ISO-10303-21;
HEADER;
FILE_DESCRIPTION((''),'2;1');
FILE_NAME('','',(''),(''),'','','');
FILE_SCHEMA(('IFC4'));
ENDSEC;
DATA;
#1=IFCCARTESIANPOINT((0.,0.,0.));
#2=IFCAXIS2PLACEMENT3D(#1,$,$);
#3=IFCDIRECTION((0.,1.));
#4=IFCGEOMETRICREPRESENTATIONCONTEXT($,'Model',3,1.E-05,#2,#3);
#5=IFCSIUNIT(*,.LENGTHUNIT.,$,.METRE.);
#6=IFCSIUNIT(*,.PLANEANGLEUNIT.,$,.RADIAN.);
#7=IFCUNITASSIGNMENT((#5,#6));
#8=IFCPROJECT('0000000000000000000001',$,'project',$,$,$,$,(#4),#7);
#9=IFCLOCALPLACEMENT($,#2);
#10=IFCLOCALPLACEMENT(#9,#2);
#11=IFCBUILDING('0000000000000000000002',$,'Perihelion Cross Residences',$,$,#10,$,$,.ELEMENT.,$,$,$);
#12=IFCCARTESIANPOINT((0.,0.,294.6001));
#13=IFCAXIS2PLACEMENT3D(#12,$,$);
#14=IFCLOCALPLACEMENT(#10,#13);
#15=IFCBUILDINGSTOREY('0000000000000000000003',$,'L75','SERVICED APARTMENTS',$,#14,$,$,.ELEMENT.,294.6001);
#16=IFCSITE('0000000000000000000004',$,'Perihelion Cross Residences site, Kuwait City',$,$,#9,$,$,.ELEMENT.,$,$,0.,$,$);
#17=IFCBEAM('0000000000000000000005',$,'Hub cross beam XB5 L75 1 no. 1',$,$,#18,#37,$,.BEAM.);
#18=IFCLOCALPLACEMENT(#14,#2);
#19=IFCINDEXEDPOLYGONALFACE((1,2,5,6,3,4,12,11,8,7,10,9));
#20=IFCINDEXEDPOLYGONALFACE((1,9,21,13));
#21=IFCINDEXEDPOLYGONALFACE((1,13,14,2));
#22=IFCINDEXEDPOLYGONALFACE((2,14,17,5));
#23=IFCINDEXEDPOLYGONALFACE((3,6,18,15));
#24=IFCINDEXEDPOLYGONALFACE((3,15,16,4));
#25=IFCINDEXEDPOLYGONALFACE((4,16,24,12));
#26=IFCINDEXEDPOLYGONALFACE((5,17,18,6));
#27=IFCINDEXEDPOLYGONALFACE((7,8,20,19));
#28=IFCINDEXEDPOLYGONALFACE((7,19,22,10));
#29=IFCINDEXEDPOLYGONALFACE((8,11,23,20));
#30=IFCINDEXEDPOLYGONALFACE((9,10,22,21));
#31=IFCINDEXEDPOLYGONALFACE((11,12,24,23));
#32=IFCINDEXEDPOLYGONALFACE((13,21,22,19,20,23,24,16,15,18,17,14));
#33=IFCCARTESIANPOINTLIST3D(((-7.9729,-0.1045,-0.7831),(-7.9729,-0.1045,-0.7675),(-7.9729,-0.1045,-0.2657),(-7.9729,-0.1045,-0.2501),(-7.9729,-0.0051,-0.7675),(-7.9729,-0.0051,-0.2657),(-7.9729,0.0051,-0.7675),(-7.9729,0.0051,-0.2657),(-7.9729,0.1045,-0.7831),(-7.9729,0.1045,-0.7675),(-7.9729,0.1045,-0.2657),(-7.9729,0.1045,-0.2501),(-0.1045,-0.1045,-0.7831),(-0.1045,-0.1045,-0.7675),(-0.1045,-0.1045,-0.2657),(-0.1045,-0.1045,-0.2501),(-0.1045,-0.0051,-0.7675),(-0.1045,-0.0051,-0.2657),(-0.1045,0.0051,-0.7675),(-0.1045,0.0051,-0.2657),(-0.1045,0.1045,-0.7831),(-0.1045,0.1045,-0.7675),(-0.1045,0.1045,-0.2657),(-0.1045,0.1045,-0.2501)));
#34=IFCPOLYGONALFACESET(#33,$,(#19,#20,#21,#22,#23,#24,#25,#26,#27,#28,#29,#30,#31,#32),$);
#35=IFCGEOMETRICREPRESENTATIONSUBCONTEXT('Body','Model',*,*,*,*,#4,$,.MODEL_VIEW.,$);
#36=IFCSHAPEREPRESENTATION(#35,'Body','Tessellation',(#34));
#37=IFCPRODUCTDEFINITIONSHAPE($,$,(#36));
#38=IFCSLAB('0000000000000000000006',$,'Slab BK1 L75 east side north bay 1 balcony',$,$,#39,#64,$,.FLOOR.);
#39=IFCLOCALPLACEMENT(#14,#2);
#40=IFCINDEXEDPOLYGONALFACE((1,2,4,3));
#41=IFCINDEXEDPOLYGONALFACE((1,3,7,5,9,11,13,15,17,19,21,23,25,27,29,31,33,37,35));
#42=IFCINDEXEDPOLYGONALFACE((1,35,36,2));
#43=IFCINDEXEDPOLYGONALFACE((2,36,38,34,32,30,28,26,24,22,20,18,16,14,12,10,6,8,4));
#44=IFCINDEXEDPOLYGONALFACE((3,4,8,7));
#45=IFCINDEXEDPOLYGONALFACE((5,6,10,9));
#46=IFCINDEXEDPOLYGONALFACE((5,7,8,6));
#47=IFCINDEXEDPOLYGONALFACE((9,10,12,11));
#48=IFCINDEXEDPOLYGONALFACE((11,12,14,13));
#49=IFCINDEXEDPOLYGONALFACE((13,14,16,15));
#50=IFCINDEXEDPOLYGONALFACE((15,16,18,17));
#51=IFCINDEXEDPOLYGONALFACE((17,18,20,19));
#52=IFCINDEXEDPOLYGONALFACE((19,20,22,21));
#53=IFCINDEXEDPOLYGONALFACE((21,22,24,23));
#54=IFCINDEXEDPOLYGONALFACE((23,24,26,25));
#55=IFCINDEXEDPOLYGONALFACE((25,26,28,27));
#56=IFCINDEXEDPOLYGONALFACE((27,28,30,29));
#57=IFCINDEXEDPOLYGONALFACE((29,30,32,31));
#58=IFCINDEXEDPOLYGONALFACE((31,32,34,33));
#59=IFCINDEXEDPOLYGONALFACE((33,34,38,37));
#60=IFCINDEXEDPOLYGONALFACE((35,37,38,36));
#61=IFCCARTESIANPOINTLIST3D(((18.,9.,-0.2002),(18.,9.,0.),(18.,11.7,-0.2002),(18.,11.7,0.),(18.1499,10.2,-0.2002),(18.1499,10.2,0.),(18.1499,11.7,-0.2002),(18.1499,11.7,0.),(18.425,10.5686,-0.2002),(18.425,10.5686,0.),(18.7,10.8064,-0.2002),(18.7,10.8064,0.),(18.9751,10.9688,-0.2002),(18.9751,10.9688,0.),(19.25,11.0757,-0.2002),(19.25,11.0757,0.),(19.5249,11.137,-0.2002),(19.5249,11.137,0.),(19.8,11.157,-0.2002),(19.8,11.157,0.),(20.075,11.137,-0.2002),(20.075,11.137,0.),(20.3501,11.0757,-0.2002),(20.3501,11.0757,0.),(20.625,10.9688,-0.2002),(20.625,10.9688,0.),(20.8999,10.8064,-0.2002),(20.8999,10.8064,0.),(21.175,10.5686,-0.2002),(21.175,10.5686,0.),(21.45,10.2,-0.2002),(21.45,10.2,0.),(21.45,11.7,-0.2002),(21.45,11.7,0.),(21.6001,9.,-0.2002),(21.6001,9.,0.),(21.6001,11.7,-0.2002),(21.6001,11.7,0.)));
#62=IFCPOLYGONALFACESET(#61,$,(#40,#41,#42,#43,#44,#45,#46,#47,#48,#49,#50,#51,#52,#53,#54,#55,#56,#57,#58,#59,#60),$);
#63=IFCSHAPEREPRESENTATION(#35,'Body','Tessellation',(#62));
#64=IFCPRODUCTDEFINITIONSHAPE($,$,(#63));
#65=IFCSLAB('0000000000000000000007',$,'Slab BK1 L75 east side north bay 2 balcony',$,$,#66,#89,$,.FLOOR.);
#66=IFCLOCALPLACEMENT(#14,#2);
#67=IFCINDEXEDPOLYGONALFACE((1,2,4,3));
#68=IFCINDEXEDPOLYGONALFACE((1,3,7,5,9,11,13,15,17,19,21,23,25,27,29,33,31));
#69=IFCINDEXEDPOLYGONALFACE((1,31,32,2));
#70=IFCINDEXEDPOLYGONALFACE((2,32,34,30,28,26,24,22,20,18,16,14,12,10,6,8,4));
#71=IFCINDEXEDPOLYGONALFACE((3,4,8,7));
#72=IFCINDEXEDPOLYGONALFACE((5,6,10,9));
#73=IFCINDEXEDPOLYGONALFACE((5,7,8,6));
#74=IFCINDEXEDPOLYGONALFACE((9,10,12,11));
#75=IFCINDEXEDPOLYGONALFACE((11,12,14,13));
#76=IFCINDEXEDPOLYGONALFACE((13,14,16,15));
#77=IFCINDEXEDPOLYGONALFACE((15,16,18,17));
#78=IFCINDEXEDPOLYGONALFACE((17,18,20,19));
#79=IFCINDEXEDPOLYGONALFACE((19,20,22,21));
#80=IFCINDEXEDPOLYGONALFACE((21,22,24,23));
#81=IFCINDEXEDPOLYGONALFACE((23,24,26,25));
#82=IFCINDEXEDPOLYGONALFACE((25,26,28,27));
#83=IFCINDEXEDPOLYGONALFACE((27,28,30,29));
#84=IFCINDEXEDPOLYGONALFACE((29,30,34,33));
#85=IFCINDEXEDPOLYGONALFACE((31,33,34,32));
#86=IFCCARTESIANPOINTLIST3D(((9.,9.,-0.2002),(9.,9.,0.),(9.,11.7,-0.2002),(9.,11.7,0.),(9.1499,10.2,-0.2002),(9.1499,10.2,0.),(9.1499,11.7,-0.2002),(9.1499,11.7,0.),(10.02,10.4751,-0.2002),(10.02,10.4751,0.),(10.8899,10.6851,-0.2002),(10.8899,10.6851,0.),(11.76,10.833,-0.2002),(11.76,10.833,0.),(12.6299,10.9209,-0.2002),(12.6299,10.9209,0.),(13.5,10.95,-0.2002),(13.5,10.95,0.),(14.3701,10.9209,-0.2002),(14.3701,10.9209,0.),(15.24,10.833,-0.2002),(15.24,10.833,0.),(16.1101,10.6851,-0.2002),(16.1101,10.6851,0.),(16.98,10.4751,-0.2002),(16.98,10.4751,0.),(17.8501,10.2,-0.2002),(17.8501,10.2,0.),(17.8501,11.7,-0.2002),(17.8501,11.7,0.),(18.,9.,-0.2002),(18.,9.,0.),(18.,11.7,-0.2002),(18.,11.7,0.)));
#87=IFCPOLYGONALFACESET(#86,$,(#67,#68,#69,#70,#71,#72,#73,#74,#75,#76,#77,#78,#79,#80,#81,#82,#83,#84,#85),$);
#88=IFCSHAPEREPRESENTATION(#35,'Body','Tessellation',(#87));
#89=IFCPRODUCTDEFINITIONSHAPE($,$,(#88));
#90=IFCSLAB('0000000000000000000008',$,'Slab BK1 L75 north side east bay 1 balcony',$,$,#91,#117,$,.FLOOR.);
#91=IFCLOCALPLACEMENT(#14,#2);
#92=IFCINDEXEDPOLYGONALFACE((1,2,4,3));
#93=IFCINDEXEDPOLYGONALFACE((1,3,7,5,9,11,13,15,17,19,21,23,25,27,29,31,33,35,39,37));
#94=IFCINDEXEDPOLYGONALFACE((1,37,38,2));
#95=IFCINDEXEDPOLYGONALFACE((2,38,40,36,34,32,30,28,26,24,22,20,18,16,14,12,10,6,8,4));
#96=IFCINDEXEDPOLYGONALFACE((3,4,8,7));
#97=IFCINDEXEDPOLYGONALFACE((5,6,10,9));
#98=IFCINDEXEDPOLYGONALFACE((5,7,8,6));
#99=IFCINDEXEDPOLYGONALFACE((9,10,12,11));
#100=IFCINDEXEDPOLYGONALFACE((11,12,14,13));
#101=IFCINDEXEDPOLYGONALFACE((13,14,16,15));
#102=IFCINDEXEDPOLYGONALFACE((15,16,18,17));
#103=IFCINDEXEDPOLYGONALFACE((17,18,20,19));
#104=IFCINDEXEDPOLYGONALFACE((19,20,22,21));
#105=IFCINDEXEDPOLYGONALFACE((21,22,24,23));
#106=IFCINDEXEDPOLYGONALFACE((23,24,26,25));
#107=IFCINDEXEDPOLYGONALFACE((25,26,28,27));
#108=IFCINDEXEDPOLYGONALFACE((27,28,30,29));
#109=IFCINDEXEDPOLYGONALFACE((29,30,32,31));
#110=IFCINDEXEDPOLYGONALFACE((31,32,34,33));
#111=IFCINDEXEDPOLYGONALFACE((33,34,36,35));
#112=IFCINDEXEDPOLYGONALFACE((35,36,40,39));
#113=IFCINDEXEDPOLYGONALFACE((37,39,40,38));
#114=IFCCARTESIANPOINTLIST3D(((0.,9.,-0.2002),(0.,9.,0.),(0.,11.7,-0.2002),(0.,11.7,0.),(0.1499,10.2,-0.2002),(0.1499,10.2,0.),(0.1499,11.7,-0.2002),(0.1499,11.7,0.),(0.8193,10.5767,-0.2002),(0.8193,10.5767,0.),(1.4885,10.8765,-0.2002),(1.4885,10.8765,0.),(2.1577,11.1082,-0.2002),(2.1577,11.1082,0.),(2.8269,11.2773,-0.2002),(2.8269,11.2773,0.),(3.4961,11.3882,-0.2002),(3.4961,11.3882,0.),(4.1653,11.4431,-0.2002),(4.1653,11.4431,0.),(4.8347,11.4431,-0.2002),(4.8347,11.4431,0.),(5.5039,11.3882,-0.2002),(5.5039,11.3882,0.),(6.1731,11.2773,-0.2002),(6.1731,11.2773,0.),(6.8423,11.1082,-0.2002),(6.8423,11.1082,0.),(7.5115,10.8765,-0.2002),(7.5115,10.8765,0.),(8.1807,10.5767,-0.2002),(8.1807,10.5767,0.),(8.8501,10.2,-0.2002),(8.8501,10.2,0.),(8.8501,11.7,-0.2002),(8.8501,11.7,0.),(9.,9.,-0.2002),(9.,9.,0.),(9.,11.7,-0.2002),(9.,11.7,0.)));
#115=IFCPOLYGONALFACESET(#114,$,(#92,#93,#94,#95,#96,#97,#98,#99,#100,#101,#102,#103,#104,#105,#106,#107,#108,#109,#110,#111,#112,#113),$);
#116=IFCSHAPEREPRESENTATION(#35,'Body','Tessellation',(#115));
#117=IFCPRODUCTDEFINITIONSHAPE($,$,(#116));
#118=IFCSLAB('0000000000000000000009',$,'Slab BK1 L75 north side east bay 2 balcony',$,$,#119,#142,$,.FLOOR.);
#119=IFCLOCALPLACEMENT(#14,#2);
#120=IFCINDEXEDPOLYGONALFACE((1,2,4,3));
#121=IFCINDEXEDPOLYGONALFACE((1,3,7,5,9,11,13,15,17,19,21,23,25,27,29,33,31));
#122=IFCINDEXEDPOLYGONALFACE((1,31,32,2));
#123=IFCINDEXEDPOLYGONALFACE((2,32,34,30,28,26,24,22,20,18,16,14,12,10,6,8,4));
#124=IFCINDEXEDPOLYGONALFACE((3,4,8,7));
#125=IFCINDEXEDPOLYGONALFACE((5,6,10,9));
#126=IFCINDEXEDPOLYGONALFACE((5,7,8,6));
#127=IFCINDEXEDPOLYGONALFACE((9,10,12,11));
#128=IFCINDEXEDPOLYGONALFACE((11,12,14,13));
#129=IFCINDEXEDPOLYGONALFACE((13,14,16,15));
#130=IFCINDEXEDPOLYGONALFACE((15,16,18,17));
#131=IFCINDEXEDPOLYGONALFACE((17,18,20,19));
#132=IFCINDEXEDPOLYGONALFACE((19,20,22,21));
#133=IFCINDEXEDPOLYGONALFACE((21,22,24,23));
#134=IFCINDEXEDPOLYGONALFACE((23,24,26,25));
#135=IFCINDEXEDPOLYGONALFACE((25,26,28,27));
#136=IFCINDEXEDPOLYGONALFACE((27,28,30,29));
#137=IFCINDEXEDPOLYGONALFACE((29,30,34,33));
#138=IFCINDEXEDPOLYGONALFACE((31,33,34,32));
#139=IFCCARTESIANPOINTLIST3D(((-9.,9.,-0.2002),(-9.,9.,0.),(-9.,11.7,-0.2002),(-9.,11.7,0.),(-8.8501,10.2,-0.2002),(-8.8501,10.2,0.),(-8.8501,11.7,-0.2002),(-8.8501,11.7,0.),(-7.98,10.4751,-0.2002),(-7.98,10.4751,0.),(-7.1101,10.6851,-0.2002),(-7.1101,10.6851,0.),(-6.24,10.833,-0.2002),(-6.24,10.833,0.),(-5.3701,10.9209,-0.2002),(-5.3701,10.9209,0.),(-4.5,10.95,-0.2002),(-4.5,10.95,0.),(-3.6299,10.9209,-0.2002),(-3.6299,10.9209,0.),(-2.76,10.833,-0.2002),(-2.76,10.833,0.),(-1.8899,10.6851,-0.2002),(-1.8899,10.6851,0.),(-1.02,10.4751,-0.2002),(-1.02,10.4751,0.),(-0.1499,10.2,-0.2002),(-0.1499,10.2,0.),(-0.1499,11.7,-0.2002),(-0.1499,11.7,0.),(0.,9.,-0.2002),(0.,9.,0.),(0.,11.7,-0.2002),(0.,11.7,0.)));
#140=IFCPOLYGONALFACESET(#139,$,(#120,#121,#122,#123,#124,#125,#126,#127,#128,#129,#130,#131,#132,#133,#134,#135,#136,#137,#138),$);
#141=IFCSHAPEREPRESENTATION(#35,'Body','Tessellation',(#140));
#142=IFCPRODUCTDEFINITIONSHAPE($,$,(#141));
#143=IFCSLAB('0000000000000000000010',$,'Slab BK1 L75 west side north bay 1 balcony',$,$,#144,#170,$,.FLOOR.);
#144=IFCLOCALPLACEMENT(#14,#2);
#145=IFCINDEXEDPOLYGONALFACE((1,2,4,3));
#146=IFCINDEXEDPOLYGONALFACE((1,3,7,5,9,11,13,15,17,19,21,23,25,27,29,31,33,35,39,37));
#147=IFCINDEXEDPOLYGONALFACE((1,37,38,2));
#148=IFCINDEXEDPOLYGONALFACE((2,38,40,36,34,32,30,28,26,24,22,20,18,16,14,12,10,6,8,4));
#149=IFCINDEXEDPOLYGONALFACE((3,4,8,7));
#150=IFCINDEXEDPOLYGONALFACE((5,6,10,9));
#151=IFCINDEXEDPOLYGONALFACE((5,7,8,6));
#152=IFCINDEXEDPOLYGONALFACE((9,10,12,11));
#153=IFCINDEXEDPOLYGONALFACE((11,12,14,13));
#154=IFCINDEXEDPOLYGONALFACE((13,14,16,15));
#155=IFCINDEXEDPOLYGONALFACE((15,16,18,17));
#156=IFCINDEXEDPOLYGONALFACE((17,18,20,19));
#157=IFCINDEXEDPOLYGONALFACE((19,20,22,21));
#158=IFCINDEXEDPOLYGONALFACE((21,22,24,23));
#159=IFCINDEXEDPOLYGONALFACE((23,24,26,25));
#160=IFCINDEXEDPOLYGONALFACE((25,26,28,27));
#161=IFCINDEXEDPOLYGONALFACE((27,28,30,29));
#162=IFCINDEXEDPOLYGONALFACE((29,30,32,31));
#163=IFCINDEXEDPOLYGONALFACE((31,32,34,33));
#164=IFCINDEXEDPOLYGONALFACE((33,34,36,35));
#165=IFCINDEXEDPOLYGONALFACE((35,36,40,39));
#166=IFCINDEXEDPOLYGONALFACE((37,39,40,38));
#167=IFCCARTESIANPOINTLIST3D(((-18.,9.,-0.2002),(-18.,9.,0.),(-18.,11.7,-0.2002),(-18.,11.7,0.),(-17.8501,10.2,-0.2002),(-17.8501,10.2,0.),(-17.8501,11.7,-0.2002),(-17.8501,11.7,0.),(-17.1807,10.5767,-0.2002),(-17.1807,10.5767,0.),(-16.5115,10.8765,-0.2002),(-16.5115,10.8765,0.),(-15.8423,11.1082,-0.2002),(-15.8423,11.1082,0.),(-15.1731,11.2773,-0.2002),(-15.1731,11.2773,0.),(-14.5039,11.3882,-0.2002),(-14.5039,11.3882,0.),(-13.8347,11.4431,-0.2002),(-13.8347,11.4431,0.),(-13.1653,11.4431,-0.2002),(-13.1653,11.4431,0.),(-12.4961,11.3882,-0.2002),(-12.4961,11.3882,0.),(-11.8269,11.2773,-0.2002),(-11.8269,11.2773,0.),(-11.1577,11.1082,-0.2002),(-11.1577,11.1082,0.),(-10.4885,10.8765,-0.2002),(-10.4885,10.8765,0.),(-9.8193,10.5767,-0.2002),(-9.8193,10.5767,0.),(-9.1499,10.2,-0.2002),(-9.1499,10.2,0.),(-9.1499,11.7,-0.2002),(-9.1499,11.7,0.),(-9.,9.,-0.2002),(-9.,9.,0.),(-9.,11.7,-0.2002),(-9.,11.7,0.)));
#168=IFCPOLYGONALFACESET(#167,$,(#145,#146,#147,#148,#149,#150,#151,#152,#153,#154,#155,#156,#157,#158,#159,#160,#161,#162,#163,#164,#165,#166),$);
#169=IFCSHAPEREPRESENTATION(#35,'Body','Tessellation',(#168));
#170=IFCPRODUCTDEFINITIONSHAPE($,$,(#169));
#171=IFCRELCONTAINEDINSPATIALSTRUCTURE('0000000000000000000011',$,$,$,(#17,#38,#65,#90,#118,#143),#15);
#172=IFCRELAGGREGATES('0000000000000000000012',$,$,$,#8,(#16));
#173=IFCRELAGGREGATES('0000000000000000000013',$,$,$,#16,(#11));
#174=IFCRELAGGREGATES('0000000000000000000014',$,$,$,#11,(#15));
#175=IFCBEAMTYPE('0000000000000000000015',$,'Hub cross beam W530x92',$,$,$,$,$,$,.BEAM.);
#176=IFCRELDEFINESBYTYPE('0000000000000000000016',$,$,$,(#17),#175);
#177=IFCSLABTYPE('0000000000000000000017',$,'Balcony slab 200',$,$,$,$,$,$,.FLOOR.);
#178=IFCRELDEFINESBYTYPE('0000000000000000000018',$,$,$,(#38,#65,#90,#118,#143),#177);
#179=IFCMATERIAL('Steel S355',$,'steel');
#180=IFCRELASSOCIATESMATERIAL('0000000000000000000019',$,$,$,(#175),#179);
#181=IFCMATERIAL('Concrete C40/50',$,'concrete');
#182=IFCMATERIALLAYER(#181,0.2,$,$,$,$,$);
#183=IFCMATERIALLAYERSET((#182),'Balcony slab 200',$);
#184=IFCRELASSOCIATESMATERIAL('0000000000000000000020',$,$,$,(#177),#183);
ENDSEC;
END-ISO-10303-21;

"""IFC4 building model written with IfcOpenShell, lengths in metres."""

from ifc_helpers import new_model, si_unit, direction, frame, origin, origin_2d, place, context, subcontext, project, spatial, polyline, i_section, outline, extrude, material, layer, layer_set, material_profile, profile_set, type_object, element, save


model = new_model("IFC4")

# Units and contexts
model_context = context("Model", 3, precision=1e-05, world=origin(), true_north=direction((0.0, 1.0)))
body_context = subcontext(model_context, "Body", "Model", "MODEL_VIEW")
ifc_project = project(units=[si_unit("LENGTHUNIT", "METRE"), si_unit("PLANEANGLEUNIT", "RADIAN")], contexts=[model_context])

# Site, building, storey
site_placement = place(None, origin())
site = spatial("IfcSite", under=ifc_project, at=site_placement, Name="Perihelion Cross Residences site, Kuwait City", CompositionType="ELEMENT", RefElevation=0.0)
building_placement = place(site_placement, origin())
building = spatial("IfcBuilding", under=site, at=building_placement, Name="Perihelion Cross Residences", CompositionType="ELEMENT")
storey_placement = place(building_placement, frame((0.0, 0.0, 294.6001)))
storey = spatial("IfcBuildingStorey", under=building, at=storey_placement, Name="L75", Description="SERVICED APARTMENTS", CompositionType="ELEMENT", Elevation=294.6001)

# Beam
ifc_material_1 = material(Name="Steel S355", Category="steel")
ifc_material_profile = material_profile(ifc_material_1, i_section(OverallWidth=0.209, OverallDepth=0.533, WebThickness=0.0103, FlangeThickness=0.0156, at=origin_2d()), Name="W530x92")
ifc_profile_set = profile_set([ifc_material_profile], Name="Steel S355")
beam_type = type_object("IfcBeamType", Name="Hub cross beam W530x92", PredefinedType="BEAM", material=ifc_profile_set)
beam_placement = place(storey_placement, frame((-7.9729, 0.0, -0.5166), z_axis=(1.0, 0.0, 0.0), x_axis=(0.0, 1.0, 0.0)))
element("IfcBeam", 1, at=beam_placement, inside=storey, type_object=beam_type, Name="Hub cross beam XB5 L75 1 no. 1", PredefinedType="BEAM", context=body_context, shape_type="SweptSolid", body=[
    extrude(i_section(OverallWidth=0.209, OverallDepth=0.533, WebThickness=0.0103, FlangeThickness=0.0156, at=origin_2d()), origin(), (0.0, 0.0, 1.0), 7.8684),
])

# Slabs
ifc_material_2 = material(Name="Concrete C40/50", Category="concrete")
ifc_layer_1 = layer(ifc_material_2, 0.2)
ifc_layer_set_1 = layer_set([ifc_layer_1], Name="Balcony slab 200")
slab_type_1 = type_object("IfcSlabType", Name="Balcony slab 200", PredefinedType="FLOOR", material=ifc_layer_set_1)
slab_1_placement = place(storey_placement, frame((0.0, 0.0, -0.2002)))
element("IfcSlab", 2, at=slab_1_placement, inside=storey, type_object=slab_type_1, Name="Slab BK1 L75 east side north bay 1 balcony", PredefinedType="FLOOR", context=body_context, shape_type="SweptSolid", body=[
    extrude(outline(polyline([(21.6001, 9.0), (18.0, 9.0), (18.0, 11.7), (18.1499, 11.7), (18.1499, 10.2), (18.425, 10.5686), (18.7, 10.8064), (18.9751, 10.9688), (19.25, 11.0757), (19.5249, 11.137), (19.8, 11.157), (20.075, 11.137), (20.3501, 11.0757), (20.625, 10.9688), (20.8999, 10.8064), (21.175, 10.5686), (21.45, 10.2), (21.45, 11.7), (21.6001, 11.7), (21.6001, 9.0)])), origin(), (0.0, 0.0, 1.0), 0.2002),
])
slab_2_placement = place(storey_placement, frame((0.0, 0.0, -0.2002)))
element("IfcSlab", 3, at=slab_2_placement, inside=storey, type_object=slab_type_1, Name="Slab BK1 L75 east side north bay 2 balcony", PredefinedType="FLOOR", context=body_context, shape_type="SweptSolid", body=[
    extrude(outline(polyline([(18.0, 9.0), (9.0, 9.0), (9.0, 11.7), (9.1499, 11.7), (9.1499, 10.2), (10.02, 10.4751), (10.8899, 10.6851), (11.76, 10.833), (12.6299, 10.9209), (13.5, 10.95), (14.3701, 10.9209), (15.24, 10.833), (16.1101, 10.6851), (16.98, 10.4751), (17.8501, 10.2), (17.8501, 11.7), (18.0, 11.7), (18.0, 9.0)])), origin(), (0.0, 0.0, 1.0), 0.2002),
])
slab_3_placement = place(storey_placement, frame((0.0, 0.0, -0.2002)))
element("IfcSlab", 4, at=slab_3_placement, inside=storey, type_object=slab_type_1, Name="Slab BK1 L75 north side east bay 1 balcony", PredefinedType="FLOOR", context=body_context, shape_type="SweptSolid", body=[
    extrude(outline(polyline([(9.0, 9.0), (0.0, 9.0), (0.0, 11.7), (0.1499, 11.7), (0.1499, 10.2), (0.8193, 10.5767), (1.4885, 10.8765), (2.1577, 11.1082), (2.8269, 11.2773), (3.4961, 11.3882), (4.1653, 11.4431), (4.8347, 11.4431), (5.5039, 11.3882), (6.1731, 11.2773), (6.8423, 11.1082), (7.5115, 10.8765), (8.1807, 10.5767), (8.8501, 10.2), (8.8501, 11.7), (9.0, 11.7), (9.0, 9.0)])), origin(), (0.0, 0.0, 1.0), 0.2002),
])
slab_4_placement = place(storey_placement, frame((0.0, 0.0, -0.2002)))
element("IfcSlab", 5, at=slab_4_placement, inside=storey, type_object=slab_type_1, Name="Slab BK1 L75 north side east bay 2 balcony", PredefinedType="FLOOR", context=body_context, shape_type="SweptSolid", body=[
    extrude(outline(polyline([(0.0, 9.0), (-9.0, 9.0), (-9.0, 11.7), (-8.8501, 11.7), (-8.8501, 10.2), (-7.98, 10.4751), (-7.1101, 10.6851), (-6.24, 10.833), (-5.3701, 10.9209), (-4.5, 10.95), (-3.6299, 10.9209), (-2.76, 10.833), (-1.8899, 10.6851), (-1.02, 10.4751), (-0.1499, 10.2), (-0.1499, 11.7), (0.0, 11.7), (0.0, 9.0)])), origin(), (0.0, 0.0, 1.0), 0.2002),
])
slab_5_placement = place(storey_placement, frame((0.0, 0.0, -0.2002)))
element("IfcSlab", 6, at=slab_5_placement, inside=storey, type_object=slab_type_1, Name="Slab BK1 L75 west side north bay 1 balcony", PredefinedType="FLOOR", context=body_context, shape_type="SweptSolid", body=[
    extrude(outline(polyline([(-9.0, 9.0), (-18.0, 9.0), (-18.0, 11.7), (-17.8501, 11.7), (-17.8501, 10.2), (-17.1807, 10.5767), (-16.5115, 10.8765), (-15.8423, 11.1082), (-15.1731, 11.2773), (-14.5039, 11.3882), (-13.8347, 11.4431), (-13.1653, 11.4431), (-12.4961, 11.3882), (-11.8269, 11.2773), (-11.1577, 11.1082), (-10.4885, 10.8765), (-9.8193, 10.5767), (-9.1499, 10.2), (-9.1499, 11.7), (-9.0, 11.7), (-9.0, 9.0)])), origin(), (0.0, 0.0, 1.0), 0.2002),
])

save(model, "model.ifc")
